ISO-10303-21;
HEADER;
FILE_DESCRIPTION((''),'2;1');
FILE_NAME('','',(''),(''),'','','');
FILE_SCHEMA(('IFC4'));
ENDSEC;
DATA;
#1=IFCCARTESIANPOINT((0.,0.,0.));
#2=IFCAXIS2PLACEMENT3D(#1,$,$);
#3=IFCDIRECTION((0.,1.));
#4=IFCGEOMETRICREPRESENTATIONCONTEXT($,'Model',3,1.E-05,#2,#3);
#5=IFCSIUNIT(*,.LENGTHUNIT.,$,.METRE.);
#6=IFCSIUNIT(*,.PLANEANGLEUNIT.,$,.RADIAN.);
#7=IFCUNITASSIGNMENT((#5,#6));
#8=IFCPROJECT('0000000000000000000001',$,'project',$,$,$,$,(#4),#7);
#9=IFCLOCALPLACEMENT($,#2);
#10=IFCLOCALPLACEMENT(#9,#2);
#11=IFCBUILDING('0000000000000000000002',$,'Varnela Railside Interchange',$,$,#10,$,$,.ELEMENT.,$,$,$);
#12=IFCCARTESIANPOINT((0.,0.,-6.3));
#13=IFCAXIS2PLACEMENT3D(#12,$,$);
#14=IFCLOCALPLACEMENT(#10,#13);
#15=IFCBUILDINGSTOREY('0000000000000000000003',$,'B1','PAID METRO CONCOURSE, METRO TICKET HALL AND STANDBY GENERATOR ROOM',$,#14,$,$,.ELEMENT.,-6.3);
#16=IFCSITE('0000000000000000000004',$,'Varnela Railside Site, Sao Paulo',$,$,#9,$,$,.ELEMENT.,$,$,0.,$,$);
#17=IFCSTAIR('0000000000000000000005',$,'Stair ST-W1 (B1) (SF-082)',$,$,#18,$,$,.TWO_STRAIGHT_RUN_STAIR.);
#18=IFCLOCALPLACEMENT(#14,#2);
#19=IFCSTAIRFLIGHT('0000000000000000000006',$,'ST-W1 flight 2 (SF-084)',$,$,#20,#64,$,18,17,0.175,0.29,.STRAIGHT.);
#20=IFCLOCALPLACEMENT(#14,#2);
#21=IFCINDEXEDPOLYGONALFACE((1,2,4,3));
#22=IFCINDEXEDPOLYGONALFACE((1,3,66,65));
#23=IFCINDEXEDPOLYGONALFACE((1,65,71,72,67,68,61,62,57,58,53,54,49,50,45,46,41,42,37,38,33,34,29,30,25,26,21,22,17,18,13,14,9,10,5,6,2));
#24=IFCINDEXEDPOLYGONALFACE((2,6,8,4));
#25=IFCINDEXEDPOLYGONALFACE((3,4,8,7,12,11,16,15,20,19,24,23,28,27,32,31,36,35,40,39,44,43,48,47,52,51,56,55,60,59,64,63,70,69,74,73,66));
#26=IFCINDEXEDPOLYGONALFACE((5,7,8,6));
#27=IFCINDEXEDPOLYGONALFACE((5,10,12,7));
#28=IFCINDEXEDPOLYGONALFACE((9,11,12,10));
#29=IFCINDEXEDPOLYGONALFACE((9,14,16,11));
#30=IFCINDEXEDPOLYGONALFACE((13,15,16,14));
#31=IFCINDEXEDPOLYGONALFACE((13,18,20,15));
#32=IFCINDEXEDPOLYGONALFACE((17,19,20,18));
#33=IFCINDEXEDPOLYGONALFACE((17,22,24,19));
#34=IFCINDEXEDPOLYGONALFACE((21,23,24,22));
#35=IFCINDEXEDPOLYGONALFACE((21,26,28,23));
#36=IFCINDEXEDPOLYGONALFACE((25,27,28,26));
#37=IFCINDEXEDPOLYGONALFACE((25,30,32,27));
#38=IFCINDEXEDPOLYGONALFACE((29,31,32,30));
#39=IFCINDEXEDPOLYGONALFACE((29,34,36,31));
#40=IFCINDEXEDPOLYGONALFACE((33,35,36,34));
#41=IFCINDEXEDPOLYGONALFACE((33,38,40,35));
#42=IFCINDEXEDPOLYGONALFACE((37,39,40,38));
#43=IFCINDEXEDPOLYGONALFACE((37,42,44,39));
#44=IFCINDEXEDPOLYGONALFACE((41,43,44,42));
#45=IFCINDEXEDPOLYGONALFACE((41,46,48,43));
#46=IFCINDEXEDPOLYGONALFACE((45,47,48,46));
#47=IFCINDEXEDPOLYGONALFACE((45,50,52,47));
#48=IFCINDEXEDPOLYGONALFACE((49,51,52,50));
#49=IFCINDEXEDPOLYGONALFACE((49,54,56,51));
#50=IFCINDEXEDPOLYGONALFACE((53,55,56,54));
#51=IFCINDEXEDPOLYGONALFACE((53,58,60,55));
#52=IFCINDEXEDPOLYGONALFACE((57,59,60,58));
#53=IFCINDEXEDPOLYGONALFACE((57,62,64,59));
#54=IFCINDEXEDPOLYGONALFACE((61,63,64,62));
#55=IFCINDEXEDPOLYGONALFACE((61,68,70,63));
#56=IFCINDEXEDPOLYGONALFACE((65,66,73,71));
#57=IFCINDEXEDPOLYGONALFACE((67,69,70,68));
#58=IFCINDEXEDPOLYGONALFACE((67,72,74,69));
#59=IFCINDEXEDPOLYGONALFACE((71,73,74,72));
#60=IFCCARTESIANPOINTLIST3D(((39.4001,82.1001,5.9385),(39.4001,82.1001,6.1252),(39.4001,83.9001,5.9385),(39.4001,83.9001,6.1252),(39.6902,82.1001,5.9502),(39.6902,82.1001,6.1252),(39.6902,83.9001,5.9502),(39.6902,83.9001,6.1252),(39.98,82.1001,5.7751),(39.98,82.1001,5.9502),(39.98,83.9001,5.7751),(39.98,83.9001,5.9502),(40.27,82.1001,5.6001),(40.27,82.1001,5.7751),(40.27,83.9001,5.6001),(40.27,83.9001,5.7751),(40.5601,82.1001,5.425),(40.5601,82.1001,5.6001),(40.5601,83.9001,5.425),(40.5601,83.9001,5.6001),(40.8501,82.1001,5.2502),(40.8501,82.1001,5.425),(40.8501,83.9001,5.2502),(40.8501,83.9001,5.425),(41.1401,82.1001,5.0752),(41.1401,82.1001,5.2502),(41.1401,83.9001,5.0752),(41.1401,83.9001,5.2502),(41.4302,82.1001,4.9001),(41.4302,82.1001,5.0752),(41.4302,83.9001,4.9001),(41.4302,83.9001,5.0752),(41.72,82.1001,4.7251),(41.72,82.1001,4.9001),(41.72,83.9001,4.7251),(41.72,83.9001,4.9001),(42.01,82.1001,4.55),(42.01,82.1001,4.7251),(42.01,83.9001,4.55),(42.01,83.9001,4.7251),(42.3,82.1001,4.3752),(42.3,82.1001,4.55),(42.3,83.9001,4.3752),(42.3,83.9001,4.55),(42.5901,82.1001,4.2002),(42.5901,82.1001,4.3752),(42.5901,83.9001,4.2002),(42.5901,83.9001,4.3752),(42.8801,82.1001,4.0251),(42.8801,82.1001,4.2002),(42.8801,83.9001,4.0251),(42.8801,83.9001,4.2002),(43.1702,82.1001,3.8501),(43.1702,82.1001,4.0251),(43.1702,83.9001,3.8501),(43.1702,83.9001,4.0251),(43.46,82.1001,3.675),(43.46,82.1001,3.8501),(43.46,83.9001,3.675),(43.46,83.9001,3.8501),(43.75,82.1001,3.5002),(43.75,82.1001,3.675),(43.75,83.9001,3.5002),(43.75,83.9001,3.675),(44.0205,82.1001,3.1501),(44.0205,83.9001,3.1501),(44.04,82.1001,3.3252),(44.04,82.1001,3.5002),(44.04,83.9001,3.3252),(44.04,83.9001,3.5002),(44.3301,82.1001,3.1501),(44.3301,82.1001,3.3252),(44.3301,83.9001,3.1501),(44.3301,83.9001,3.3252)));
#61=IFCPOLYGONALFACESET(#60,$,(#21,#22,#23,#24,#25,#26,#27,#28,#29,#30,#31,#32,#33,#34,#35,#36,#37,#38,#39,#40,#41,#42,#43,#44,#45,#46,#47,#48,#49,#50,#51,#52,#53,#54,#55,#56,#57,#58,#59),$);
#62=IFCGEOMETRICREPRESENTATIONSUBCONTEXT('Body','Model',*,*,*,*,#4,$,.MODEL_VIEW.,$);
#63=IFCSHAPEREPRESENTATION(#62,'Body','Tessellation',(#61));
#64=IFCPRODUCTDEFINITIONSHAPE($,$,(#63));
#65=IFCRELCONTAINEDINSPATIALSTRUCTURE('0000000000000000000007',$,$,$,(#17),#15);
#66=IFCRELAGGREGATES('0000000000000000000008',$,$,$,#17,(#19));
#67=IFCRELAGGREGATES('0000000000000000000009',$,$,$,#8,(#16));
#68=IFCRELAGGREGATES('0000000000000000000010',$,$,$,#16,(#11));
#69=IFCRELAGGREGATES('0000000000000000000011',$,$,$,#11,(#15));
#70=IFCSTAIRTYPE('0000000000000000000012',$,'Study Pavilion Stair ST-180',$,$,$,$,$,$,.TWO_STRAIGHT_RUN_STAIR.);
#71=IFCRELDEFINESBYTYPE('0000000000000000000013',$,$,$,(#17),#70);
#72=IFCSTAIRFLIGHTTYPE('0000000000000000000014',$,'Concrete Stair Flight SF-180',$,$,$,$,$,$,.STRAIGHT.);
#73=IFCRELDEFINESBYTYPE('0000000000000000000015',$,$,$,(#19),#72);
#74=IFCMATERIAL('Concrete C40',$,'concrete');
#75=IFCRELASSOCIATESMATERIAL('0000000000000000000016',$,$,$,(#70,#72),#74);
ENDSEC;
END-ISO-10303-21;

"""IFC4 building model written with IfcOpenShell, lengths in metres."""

from ifc_helpers import new_model, si_unit, direction, frame, origin, place, context, subcontext, project, spatial, polyline, outline, extrude, material, type_object, element, aggregate, save


model = new_model("IFC4")

# Units and contexts
model_context = context("Model", 3, precision=1e-05, world=origin(), true_north=direction((0.0, 1.0)))
body_context = subcontext(model_context, "Body", "Model", "MODEL_VIEW")
ifc_project = project(units=[si_unit("LENGTHUNIT", "METRE"), si_unit("PLANEANGLEUNIT", "RADIAN")], contexts=[model_context])

# Site, building, storey
site_placement = place(None, origin())
site = spatial("IfcSite", under=ifc_project, at=site_placement, Name="Varnela Railside Site, Sao Paulo", CompositionType="ELEMENT", RefElevation=0.0)
building_placement = place(site_placement, origin())
building = spatial("IfcBuilding", under=site, at=building_placement, Name="Varnela Railside Interchange", CompositionType="ELEMENT")
storey_placement = place(building_placement, frame((0.0, 0.0, -6.3)))
storey = spatial("IfcBuildingStorey", under=building, at=storey_placement, Name="B1", Description="PAID METRO CONCOURSE, METRO TICKET HALL AND STANDBY GENERATOR ROOM", CompositionType="ELEMENT", Elevation=-6.3)

# Shared definitions
ifc_material_1 = material(Name="Concrete C40", Category="concrete")

# Stair, stair flight
stair_type = type_object("IfcStairType", Name="Study Pavilion Stair ST-180", PredefinedType="TWO_STRAIGHT_RUN_STAIR", material=ifc_material_1)
stair_placement = place(storey_placement, origin())
stair = element("IfcStair", 1, at=stair_placement, inside=storey, type_object=stair_type, Name="Stair ST-W1 (B1) (SF-082)", PredefinedType="TWO_STRAIGHT_RUN_STAIR")
stair_flight_type = type_object("IfcStairFlightType", Name="Concrete Stair Flight SF-180", PredefinedType="STRAIGHT", material=ifc_material_1)
stair_flight_placement = place(storey_placement, frame((44.3301, 83.0, 3.1501), z_axis=(0.0, 0.0, 1.0), x_axis=(-1.0, 0.0, 0.0)))
stair_flight = element("IfcStairFlight", 2, at=stair_flight_placement, type_object=stair_flight_type, Name="ST-W1 flight 2 (SF-084)", NumberOfRisers=18, NumberOfTreads=17, PredefinedType="STRAIGHT", RiserHeight=0.175, TreadLength=0.29, context=body_context, shape_type="SweptSolid", body=[
    extrude(outline(polyline([(0.0, 0.0), (0.0, 0.175), (0.29, 0.175), (0.29, 0.3501), (0.5801, 0.3501), (0.5801, 0.5249), (0.8701, 0.5249), (0.8701, 0.7), (1.1599, 0.7), (1.1599, 0.875), (1.45, 0.875), (1.45, 1.05), (1.74, 1.05), (1.74, 1.2251), (2.03, 1.2251), (2.03, 1.3999), (2.3201, 1.3999), (2.3201, 1.575), (2.6101, 1.575), (2.6101, 1.75), (2.8999, 1.75), (2.8999, 1.925), (3.1899, 1.925), (3.1899, 2.1001), (3.48, 2.1001), (3.48, 2.2749), (3.77, 2.2749), (3.77, 2.45), (4.0601, 2.45), (4.0601, 2.625), (4.3501, 2.625), (4.3501, 2.8), (4.6399, 2.8), (4.6399, 2.9751), (4.9299, 2.9751), (4.9299, 3.1499), (4.9299, 2.7883), (0.3096, 0.0), (0.0, 0.0)])), frame((0.0, 0.8999, 0.0), z_axis=(0.0, -1.0, 0.0), x_axis=(1.0, 0.0, 0.0)), (0.0, 0.0, 1.0), 1.8),
])
aggregate(stair, [stair_flight])

save(model, "model.ifc")
